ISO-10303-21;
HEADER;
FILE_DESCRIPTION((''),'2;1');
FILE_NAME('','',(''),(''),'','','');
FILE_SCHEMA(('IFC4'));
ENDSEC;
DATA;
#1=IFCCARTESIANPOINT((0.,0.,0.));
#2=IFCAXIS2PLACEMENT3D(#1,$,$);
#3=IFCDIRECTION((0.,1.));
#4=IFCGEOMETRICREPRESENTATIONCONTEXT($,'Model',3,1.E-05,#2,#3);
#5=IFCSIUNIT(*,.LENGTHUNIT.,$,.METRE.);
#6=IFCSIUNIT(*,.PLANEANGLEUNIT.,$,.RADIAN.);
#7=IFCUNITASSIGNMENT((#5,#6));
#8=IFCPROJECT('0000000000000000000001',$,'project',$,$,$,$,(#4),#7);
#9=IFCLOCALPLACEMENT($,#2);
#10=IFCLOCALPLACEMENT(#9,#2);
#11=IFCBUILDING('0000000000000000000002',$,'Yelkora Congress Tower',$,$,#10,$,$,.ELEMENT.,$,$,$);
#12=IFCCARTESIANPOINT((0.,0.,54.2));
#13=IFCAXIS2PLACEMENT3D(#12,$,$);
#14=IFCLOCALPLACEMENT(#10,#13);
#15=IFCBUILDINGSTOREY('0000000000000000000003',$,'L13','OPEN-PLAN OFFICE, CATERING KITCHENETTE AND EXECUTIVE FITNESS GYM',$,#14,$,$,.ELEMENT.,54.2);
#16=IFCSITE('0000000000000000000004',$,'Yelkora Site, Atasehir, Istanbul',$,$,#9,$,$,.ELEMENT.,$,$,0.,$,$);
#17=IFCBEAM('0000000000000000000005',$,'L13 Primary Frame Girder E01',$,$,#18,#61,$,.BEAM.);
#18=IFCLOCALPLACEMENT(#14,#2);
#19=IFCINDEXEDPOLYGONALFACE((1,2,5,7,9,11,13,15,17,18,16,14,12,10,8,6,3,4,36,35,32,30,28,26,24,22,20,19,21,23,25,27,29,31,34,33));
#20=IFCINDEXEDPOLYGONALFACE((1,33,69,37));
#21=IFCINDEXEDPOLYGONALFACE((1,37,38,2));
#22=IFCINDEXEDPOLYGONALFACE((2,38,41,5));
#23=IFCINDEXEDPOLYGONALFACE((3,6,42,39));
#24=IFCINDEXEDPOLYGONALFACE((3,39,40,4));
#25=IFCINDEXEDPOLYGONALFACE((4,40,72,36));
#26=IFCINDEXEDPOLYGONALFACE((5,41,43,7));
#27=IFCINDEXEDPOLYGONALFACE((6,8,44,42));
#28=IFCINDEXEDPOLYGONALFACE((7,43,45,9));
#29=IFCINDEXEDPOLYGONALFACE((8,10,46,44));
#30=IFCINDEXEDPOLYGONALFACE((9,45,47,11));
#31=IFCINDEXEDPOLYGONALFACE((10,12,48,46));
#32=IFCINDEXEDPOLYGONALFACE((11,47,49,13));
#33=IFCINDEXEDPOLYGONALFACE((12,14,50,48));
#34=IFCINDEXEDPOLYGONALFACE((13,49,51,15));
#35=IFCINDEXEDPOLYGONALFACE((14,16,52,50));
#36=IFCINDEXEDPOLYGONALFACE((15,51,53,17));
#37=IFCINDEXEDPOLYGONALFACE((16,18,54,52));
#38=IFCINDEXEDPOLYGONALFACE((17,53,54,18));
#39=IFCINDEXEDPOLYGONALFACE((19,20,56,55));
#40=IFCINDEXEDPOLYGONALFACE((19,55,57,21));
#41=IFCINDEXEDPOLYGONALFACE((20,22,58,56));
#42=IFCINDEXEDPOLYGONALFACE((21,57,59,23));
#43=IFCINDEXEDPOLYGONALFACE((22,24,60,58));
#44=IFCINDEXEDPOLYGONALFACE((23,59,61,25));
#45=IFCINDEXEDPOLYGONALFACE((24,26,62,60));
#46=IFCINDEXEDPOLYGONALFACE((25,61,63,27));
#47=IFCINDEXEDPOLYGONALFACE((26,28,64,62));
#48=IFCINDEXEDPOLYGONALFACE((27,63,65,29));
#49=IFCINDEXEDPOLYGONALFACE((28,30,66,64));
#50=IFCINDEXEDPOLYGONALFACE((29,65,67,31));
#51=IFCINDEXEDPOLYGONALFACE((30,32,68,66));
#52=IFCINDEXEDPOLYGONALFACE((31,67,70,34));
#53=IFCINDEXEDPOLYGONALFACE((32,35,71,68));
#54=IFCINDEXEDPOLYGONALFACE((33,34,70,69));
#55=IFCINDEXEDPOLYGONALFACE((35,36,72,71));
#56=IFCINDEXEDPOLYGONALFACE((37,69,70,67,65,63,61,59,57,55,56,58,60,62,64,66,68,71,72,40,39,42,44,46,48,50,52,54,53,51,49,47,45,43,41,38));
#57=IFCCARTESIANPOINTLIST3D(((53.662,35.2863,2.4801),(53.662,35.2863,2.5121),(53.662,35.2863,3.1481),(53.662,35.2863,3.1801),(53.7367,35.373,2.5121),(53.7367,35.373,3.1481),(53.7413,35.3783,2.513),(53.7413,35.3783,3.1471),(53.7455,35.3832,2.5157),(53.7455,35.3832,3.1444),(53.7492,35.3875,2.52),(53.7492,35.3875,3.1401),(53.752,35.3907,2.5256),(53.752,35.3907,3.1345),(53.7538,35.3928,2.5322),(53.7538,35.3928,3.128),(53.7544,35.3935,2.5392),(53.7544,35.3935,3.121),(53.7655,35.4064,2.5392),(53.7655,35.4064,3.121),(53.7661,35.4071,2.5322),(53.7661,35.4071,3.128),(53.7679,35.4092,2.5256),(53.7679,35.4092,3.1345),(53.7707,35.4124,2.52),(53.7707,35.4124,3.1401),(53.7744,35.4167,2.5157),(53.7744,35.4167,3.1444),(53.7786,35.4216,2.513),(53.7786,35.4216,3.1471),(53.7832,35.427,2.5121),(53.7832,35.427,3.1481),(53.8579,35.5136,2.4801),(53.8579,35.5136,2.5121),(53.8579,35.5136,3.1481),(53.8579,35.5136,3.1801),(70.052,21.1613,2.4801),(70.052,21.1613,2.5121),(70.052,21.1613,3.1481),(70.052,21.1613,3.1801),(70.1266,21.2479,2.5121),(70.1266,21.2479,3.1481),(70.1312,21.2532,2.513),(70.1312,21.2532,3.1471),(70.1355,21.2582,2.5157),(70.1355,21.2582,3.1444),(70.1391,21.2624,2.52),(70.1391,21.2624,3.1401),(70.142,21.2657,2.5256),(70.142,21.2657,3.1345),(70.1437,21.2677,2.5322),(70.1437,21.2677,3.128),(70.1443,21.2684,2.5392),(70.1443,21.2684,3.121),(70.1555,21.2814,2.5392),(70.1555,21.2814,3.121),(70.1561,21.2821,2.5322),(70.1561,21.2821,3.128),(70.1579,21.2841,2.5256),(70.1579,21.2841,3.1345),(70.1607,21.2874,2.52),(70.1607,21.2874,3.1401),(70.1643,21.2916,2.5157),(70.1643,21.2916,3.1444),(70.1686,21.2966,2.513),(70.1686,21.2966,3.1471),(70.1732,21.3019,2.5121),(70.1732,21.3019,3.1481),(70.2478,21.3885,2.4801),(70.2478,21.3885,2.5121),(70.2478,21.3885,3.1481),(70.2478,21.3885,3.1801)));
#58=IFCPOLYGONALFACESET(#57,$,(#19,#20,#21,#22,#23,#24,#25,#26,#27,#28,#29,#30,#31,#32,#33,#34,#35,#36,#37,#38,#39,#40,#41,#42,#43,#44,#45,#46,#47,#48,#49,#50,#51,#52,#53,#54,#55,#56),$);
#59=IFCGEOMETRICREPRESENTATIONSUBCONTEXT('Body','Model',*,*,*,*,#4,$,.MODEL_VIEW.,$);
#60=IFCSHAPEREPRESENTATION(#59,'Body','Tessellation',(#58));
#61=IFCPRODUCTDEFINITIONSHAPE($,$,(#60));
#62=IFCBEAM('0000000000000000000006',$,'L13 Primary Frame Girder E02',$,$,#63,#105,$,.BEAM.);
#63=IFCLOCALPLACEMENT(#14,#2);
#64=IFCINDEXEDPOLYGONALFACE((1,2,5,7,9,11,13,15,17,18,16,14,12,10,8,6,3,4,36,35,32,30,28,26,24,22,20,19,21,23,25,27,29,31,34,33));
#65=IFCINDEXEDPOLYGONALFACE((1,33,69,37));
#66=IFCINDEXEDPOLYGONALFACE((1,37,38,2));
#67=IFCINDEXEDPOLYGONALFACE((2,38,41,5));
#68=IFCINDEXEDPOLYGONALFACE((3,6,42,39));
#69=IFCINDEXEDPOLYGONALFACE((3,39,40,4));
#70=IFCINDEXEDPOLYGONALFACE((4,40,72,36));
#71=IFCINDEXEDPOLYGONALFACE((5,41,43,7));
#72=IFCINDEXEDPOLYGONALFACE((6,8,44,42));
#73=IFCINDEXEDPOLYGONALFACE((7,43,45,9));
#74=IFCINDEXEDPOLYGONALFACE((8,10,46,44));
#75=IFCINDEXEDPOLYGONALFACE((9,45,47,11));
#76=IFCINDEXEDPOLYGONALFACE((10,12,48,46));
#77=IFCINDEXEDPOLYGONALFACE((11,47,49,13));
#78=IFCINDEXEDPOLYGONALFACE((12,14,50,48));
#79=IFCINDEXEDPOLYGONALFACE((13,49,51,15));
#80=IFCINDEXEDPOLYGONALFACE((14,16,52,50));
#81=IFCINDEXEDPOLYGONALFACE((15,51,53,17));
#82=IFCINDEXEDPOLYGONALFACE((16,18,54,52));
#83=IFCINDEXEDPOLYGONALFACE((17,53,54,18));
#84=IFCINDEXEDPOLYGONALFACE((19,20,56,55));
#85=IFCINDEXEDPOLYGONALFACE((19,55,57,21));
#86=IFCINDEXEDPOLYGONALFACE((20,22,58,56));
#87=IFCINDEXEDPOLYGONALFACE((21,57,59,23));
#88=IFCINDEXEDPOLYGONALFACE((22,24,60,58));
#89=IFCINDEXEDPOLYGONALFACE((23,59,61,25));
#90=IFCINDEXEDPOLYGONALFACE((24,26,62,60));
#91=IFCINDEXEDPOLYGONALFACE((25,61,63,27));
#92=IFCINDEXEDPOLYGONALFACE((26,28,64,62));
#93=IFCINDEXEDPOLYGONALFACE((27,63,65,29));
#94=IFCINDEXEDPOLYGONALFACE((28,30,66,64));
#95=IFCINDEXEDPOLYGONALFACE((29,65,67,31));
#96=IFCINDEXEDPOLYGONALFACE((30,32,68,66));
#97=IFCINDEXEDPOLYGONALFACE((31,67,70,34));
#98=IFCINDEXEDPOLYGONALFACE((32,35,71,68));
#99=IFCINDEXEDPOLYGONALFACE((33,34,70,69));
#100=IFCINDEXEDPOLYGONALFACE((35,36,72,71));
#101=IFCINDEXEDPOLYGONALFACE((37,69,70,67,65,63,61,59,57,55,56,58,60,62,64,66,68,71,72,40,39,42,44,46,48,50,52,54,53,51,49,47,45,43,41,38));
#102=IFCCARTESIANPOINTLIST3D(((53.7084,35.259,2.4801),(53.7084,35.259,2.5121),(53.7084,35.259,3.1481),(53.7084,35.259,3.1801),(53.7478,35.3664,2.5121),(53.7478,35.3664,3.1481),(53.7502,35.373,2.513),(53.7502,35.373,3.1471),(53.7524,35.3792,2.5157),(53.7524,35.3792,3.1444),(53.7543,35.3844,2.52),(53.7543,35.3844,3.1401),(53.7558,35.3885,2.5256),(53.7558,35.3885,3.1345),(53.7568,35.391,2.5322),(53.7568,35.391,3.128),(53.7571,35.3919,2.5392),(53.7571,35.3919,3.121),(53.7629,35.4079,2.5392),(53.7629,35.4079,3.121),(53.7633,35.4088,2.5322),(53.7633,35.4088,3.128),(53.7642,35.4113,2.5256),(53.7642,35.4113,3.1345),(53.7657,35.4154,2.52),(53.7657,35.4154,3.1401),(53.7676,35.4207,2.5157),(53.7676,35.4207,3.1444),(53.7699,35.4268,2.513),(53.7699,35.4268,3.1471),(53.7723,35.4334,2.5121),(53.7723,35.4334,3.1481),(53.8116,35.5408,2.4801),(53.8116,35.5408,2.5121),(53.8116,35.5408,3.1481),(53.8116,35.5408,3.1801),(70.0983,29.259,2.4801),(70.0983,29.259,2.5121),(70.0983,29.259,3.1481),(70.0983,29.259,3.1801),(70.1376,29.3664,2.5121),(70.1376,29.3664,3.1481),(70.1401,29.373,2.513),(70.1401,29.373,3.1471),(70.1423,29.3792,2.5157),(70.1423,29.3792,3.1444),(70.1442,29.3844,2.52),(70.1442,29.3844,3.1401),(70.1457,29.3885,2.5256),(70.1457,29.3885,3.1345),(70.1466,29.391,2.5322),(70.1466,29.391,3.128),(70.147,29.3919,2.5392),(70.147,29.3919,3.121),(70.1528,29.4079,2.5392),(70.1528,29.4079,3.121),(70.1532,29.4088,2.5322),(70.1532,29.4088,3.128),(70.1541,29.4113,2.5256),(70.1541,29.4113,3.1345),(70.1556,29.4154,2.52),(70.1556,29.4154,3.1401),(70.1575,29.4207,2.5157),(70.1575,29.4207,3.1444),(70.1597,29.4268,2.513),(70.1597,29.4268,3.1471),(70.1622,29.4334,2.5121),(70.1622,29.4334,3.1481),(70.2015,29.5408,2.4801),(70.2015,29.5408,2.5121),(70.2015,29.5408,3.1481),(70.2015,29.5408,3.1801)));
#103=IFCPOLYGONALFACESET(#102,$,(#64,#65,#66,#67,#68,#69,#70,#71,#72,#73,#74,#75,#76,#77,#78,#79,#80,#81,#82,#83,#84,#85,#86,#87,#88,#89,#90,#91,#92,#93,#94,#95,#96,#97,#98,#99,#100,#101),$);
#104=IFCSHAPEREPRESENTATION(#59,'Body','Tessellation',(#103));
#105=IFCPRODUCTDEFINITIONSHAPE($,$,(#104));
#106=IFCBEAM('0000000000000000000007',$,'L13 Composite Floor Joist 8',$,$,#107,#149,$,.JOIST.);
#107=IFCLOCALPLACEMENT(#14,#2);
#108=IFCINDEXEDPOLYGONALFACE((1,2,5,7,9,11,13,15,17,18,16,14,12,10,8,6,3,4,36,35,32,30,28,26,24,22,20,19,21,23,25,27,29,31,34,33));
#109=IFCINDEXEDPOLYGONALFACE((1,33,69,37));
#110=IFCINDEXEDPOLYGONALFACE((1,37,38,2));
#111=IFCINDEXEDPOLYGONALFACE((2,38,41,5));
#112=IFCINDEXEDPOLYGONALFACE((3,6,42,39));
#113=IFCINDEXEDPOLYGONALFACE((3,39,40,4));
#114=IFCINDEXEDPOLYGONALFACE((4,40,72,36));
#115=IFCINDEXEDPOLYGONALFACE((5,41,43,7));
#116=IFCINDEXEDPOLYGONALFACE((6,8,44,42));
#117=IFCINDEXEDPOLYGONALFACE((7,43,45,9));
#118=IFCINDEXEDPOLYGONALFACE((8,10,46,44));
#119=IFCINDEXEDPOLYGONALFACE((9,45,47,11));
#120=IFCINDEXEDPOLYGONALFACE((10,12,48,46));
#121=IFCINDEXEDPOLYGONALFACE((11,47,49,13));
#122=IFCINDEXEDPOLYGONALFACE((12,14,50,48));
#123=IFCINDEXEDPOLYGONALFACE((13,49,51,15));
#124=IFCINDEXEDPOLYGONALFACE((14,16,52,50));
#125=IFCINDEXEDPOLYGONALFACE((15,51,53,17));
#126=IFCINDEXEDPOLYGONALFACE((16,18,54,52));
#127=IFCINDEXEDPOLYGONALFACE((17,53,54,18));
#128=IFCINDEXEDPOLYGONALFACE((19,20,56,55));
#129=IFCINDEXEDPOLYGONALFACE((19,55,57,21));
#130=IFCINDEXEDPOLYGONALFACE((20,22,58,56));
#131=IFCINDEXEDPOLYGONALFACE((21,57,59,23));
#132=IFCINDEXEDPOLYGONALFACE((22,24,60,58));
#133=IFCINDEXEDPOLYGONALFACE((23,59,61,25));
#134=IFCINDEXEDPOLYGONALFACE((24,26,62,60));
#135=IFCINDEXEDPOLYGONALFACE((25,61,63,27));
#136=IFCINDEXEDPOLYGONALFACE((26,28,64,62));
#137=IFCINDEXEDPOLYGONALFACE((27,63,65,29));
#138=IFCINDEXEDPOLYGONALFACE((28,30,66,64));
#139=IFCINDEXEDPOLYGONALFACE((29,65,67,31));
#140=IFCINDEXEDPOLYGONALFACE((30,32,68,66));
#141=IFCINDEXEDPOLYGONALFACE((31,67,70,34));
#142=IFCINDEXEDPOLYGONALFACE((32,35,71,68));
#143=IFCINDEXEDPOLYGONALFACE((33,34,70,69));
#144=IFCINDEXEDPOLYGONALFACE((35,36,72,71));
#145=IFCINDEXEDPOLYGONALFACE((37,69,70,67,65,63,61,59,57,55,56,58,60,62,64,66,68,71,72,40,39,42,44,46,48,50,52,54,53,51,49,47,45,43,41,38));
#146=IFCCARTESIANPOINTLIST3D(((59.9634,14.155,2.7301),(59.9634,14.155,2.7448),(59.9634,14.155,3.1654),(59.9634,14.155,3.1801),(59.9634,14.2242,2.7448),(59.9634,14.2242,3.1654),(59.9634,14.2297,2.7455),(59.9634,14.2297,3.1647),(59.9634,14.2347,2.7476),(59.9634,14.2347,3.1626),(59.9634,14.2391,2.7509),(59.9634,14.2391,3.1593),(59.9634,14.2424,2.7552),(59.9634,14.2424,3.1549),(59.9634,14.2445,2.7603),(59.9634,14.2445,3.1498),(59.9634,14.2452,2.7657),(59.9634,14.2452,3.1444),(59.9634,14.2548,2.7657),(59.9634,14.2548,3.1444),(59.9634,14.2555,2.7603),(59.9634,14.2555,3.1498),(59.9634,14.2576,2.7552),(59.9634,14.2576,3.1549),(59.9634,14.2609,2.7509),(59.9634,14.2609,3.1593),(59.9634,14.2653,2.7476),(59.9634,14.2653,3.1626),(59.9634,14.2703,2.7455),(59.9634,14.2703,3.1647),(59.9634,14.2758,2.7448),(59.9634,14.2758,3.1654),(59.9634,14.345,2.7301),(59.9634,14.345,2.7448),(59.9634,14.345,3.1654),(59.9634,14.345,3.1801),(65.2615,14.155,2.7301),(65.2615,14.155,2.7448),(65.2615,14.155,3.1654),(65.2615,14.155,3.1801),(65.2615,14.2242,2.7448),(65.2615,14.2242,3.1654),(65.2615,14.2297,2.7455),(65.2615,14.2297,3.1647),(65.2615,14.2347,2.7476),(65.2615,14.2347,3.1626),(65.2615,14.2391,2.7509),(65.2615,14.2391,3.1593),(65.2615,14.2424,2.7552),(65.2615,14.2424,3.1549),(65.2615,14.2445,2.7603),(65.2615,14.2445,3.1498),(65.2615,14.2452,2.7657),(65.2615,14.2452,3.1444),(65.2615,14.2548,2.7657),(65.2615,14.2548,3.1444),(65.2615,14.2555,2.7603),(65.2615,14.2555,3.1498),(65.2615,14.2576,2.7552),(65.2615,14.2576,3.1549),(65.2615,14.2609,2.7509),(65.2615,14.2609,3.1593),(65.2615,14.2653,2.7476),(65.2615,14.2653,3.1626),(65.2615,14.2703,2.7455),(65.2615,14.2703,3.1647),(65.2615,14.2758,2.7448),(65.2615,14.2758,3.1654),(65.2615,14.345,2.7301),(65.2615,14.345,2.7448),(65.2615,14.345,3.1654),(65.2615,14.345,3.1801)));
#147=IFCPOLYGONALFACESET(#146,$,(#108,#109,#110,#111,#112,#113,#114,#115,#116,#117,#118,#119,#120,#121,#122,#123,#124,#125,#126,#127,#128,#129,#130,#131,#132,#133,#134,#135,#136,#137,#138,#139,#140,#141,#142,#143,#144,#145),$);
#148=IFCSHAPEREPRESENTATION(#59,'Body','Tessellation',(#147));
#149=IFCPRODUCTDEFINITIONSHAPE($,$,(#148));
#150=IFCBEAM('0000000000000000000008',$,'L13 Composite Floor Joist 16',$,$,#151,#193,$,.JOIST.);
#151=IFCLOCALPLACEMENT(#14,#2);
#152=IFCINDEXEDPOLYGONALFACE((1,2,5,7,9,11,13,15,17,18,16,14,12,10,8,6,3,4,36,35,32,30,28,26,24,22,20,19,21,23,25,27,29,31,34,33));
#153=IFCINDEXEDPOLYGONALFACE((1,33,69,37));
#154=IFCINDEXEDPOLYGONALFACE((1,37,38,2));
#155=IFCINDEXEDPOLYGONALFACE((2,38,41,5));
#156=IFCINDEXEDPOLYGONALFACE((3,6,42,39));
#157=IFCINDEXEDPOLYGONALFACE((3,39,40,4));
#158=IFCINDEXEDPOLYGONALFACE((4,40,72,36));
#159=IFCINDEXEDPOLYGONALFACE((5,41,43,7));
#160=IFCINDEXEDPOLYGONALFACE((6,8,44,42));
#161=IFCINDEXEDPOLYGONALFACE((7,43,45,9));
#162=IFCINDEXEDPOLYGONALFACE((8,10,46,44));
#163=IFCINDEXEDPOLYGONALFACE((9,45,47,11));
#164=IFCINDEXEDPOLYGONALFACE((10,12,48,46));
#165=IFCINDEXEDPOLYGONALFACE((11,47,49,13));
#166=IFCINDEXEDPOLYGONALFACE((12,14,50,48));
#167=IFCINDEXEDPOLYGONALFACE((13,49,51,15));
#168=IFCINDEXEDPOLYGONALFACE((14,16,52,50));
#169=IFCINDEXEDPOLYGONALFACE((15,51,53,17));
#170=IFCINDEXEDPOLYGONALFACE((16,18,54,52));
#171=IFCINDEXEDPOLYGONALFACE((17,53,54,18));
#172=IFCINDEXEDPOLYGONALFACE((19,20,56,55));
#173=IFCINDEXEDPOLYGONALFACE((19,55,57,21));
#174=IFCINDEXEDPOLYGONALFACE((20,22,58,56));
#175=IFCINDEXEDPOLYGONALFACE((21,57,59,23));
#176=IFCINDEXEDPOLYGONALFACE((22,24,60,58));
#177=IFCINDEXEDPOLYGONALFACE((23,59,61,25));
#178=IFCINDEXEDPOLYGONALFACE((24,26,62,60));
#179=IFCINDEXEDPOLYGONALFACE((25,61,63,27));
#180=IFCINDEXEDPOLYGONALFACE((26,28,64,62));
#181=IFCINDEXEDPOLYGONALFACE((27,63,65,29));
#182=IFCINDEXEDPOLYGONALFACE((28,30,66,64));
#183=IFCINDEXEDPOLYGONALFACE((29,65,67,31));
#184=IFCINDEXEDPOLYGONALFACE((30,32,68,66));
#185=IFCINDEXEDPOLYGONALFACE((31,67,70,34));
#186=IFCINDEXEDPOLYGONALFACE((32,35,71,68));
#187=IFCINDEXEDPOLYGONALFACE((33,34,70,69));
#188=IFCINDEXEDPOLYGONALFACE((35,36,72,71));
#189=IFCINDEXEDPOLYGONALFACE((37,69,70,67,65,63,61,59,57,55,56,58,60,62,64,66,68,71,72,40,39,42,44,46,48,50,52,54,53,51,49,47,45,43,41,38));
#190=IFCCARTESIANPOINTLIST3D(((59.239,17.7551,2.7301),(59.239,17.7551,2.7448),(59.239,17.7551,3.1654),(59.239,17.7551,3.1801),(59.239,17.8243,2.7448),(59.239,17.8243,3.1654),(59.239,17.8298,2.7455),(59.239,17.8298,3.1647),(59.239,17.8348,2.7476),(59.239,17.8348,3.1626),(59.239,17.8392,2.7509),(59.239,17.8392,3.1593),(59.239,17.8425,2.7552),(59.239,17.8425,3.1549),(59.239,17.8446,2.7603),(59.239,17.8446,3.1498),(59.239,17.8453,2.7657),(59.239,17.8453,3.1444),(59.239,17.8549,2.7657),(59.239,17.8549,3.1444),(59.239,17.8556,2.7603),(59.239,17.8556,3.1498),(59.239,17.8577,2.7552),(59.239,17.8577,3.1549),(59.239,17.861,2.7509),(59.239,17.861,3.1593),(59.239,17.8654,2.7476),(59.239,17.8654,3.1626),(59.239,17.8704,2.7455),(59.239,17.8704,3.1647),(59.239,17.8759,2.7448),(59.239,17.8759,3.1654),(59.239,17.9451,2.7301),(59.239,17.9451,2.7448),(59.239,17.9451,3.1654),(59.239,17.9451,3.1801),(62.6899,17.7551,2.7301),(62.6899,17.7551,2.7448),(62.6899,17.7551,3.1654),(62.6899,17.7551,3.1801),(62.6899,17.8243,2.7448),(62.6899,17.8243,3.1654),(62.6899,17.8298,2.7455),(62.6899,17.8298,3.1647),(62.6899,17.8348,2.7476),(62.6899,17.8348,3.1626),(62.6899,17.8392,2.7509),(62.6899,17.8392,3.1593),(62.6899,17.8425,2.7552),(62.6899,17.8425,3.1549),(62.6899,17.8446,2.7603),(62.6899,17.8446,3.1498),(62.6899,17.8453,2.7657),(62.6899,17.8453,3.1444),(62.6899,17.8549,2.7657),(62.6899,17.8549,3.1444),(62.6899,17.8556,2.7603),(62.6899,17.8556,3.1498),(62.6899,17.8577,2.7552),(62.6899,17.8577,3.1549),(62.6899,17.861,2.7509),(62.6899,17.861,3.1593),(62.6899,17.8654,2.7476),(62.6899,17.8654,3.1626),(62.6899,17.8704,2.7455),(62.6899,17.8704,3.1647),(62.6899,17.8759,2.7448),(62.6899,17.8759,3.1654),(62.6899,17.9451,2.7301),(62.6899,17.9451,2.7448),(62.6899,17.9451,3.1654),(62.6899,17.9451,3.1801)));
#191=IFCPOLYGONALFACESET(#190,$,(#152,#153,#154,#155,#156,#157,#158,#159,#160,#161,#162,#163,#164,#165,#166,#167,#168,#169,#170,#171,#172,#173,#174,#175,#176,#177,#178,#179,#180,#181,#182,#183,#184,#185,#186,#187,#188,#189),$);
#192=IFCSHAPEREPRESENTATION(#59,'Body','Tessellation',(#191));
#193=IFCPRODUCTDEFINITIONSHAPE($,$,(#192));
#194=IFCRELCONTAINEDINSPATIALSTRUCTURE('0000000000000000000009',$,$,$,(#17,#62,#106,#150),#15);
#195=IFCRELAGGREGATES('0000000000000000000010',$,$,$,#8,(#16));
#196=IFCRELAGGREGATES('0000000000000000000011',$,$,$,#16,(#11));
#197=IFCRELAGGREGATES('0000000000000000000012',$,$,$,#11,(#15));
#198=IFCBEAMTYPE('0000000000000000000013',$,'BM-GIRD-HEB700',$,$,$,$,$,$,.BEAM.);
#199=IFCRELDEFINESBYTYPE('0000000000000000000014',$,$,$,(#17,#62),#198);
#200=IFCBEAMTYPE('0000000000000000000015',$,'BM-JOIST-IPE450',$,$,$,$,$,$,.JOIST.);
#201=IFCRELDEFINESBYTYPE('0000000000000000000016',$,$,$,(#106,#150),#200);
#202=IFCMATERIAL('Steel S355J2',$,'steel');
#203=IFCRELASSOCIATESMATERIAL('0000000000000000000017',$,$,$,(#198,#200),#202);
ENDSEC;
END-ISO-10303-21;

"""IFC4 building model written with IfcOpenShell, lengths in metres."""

from ifc_helpers import new_model, si_unit, direction, frame, origin, origin_2d, place, context, subcontext, project, spatial, i_section, extrude, material, material_profile, profile_set, type_object, element, save


model = new_model("IFC4")

# Units and contexts
model_context = context("Model", 3, precision=1e-05, world=origin(), true_north=direction((0.0, 1.0)))
body_context = subcontext(model_context, "Body", "Model", "MODEL_VIEW")
ifc_project = project(units=[si_unit("LENGTHUNIT", "METRE"), si_unit("PLANEANGLEUNIT", "RADIAN")], contexts=[model_context])

# Site, building, storey
site_placement = place(None, origin())
site = spatial("IfcSite", under=ifc_project, at=site_placement, Name="Yelkora Site, Atasehir, Istanbul", CompositionType="ELEMENT", RefElevation=0.0)
building_placement = place(site_placement, origin())
building = spatial("IfcBuilding", under=site, at=building_placement, Name="Yelkora Congress Tower", CompositionType="ELEMENT")
storey_placement = place(building_placement, frame((0.0, 0.0, 54.2)))
storey = spatial("IfcBuildingStorey", under=building, at=storey_placement, Name="L13", Description="OPEN-PLAN OFFICE, CATERING KITCHENETTE AND EXECUTIVE FITNESS GYM", CompositionType="ELEMENT", Elevation=54.2)

# Beams
ifc_material_1 = material(Name="Steel S355J2", Category="steel")
ifc_material_profile_1 = material_profile(ifc_material_1, i_section(OverallWidth=0.3, OverallDepth=0.7, WebThickness=0.0171, FlangeThickness=0.032, FilletRadius=0.0271, at=origin_2d()), Name="HEB 700")
ifc_profile_set_1 = profile_set([ifc_material_profile_1], Name="Steel S355J2")
beam_type_1 = type_object("IfcBeamType", Name="BM-GIRD-HEB700", PredefinedType="BEAM", material=ifc_profile_set_1)
beam_1_placement = place(storey_placement, frame((70.1499, 21.2749, 2.8301), z_axis=(-0.757506, 0.652828, 0.0), x_axis=(-0.652828, -0.757506, 0.0)))
element("IfcBeam", 1, at=beam_1_placement, inside=storey, type_object=beam_type_1, Name="L13 Primary Frame Girder E01", PredefinedType="BEAM", context=body_context, shape_type="SweptSolid", body=[
    extrude(i_section(OverallWidth=0.3, OverallDepth=0.7, WebThickness=0.0171, FlangeThickness=0.032, FilletRadius=0.0271, at=origin_2d()), origin(), (0.0, 0.0, 1.0), 21.6367),
])
beam_2_placement = place(storey_placement, frame((70.1499, 29.3999, 2.8301), z_axis=(-0.939054, 0.343768, 0.0), x_axis=(-0.343768, -0.939054, 0.0)))
element("IfcBeam", 2, at=beam_2_placement, inside=storey, type_object=beam_type_1, Name="L13 Primary Frame Girder E02", PredefinedType="BEAM", context=body_context, shape_type="SweptSolid", body=[
    extrude(i_section(OverallWidth=0.3, OverallDepth=0.7, WebThickness=0.0171, FlangeThickness=0.032, FilletRadius=0.0271, at=origin_2d()), origin(), (0.0, 0.0, 1.0), 17.4536),
])
ifc_material_profile_2 = material_profile(ifc_material_1, i_section(OverallWidth=0.1899, OverallDepth=0.45, WebThickness=0.0095, FlangeThickness=0.0146, FilletRadius=0.021, at=origin_2d()), Name="IPE 450")
ifc_profile_set_2 = profile_set([ifc_material_profile_2], Name="Steel S355J2")
beam_type_2 = type_object("IfcBeamType", Name="BM-JOIST-IPE450", PredefinedType="JOIST", material=ifc_profile_set_2)
beam_3_placement = place(storey_placement, frame((59.9634, 14.25, 2.9551), z_axis=(1.0, 0.0, 0.0), x_axis=(0.0, 1.0, 0.0)))
element("IfcBeam", 3, at=beam_3_placement, inside=storey, type_object=beam_type_2, Name="L13 Composite Floor Joist 8", PredefinedType="JOIST", context=body_context, shape_type="SweptSolid", body=[
    extrude(i_section(OverallWidth=0.1899, OverallDepth=0.45, WebThickness=0.0095, FlangeThickness=0.0146, FilletRadius=0.021, at=origin_2d()), origin(), (0.0, 0.0, 1.0), 5.2981),
])
beam_4_placement = place(storey_placement, frame((59.239, 17.8501, 2.9551), z_axis=(1.0, 0.0, 0.0), x_axis=(0.0, 1.0, 0.0)))
element("IfcBeam", 4, at=beam_4_placement, inside=storey, type_object=beam_type_2, Name="L13 Composite Floor Joist 16", PredefinedType="JOIST", context=body_context, shape_type="SweptSolid", body=[
    extrude(i_section(OverallWidth=0.1899, OverallDepth=0.45, WebThickness=0.0095, FlangeThickness=0.0146, FilletRadius=0.021, at=origin_2d()), origin(), (0.0, 0.0, 1.0), 3.4509),
])

save(model, "model.ifc")
